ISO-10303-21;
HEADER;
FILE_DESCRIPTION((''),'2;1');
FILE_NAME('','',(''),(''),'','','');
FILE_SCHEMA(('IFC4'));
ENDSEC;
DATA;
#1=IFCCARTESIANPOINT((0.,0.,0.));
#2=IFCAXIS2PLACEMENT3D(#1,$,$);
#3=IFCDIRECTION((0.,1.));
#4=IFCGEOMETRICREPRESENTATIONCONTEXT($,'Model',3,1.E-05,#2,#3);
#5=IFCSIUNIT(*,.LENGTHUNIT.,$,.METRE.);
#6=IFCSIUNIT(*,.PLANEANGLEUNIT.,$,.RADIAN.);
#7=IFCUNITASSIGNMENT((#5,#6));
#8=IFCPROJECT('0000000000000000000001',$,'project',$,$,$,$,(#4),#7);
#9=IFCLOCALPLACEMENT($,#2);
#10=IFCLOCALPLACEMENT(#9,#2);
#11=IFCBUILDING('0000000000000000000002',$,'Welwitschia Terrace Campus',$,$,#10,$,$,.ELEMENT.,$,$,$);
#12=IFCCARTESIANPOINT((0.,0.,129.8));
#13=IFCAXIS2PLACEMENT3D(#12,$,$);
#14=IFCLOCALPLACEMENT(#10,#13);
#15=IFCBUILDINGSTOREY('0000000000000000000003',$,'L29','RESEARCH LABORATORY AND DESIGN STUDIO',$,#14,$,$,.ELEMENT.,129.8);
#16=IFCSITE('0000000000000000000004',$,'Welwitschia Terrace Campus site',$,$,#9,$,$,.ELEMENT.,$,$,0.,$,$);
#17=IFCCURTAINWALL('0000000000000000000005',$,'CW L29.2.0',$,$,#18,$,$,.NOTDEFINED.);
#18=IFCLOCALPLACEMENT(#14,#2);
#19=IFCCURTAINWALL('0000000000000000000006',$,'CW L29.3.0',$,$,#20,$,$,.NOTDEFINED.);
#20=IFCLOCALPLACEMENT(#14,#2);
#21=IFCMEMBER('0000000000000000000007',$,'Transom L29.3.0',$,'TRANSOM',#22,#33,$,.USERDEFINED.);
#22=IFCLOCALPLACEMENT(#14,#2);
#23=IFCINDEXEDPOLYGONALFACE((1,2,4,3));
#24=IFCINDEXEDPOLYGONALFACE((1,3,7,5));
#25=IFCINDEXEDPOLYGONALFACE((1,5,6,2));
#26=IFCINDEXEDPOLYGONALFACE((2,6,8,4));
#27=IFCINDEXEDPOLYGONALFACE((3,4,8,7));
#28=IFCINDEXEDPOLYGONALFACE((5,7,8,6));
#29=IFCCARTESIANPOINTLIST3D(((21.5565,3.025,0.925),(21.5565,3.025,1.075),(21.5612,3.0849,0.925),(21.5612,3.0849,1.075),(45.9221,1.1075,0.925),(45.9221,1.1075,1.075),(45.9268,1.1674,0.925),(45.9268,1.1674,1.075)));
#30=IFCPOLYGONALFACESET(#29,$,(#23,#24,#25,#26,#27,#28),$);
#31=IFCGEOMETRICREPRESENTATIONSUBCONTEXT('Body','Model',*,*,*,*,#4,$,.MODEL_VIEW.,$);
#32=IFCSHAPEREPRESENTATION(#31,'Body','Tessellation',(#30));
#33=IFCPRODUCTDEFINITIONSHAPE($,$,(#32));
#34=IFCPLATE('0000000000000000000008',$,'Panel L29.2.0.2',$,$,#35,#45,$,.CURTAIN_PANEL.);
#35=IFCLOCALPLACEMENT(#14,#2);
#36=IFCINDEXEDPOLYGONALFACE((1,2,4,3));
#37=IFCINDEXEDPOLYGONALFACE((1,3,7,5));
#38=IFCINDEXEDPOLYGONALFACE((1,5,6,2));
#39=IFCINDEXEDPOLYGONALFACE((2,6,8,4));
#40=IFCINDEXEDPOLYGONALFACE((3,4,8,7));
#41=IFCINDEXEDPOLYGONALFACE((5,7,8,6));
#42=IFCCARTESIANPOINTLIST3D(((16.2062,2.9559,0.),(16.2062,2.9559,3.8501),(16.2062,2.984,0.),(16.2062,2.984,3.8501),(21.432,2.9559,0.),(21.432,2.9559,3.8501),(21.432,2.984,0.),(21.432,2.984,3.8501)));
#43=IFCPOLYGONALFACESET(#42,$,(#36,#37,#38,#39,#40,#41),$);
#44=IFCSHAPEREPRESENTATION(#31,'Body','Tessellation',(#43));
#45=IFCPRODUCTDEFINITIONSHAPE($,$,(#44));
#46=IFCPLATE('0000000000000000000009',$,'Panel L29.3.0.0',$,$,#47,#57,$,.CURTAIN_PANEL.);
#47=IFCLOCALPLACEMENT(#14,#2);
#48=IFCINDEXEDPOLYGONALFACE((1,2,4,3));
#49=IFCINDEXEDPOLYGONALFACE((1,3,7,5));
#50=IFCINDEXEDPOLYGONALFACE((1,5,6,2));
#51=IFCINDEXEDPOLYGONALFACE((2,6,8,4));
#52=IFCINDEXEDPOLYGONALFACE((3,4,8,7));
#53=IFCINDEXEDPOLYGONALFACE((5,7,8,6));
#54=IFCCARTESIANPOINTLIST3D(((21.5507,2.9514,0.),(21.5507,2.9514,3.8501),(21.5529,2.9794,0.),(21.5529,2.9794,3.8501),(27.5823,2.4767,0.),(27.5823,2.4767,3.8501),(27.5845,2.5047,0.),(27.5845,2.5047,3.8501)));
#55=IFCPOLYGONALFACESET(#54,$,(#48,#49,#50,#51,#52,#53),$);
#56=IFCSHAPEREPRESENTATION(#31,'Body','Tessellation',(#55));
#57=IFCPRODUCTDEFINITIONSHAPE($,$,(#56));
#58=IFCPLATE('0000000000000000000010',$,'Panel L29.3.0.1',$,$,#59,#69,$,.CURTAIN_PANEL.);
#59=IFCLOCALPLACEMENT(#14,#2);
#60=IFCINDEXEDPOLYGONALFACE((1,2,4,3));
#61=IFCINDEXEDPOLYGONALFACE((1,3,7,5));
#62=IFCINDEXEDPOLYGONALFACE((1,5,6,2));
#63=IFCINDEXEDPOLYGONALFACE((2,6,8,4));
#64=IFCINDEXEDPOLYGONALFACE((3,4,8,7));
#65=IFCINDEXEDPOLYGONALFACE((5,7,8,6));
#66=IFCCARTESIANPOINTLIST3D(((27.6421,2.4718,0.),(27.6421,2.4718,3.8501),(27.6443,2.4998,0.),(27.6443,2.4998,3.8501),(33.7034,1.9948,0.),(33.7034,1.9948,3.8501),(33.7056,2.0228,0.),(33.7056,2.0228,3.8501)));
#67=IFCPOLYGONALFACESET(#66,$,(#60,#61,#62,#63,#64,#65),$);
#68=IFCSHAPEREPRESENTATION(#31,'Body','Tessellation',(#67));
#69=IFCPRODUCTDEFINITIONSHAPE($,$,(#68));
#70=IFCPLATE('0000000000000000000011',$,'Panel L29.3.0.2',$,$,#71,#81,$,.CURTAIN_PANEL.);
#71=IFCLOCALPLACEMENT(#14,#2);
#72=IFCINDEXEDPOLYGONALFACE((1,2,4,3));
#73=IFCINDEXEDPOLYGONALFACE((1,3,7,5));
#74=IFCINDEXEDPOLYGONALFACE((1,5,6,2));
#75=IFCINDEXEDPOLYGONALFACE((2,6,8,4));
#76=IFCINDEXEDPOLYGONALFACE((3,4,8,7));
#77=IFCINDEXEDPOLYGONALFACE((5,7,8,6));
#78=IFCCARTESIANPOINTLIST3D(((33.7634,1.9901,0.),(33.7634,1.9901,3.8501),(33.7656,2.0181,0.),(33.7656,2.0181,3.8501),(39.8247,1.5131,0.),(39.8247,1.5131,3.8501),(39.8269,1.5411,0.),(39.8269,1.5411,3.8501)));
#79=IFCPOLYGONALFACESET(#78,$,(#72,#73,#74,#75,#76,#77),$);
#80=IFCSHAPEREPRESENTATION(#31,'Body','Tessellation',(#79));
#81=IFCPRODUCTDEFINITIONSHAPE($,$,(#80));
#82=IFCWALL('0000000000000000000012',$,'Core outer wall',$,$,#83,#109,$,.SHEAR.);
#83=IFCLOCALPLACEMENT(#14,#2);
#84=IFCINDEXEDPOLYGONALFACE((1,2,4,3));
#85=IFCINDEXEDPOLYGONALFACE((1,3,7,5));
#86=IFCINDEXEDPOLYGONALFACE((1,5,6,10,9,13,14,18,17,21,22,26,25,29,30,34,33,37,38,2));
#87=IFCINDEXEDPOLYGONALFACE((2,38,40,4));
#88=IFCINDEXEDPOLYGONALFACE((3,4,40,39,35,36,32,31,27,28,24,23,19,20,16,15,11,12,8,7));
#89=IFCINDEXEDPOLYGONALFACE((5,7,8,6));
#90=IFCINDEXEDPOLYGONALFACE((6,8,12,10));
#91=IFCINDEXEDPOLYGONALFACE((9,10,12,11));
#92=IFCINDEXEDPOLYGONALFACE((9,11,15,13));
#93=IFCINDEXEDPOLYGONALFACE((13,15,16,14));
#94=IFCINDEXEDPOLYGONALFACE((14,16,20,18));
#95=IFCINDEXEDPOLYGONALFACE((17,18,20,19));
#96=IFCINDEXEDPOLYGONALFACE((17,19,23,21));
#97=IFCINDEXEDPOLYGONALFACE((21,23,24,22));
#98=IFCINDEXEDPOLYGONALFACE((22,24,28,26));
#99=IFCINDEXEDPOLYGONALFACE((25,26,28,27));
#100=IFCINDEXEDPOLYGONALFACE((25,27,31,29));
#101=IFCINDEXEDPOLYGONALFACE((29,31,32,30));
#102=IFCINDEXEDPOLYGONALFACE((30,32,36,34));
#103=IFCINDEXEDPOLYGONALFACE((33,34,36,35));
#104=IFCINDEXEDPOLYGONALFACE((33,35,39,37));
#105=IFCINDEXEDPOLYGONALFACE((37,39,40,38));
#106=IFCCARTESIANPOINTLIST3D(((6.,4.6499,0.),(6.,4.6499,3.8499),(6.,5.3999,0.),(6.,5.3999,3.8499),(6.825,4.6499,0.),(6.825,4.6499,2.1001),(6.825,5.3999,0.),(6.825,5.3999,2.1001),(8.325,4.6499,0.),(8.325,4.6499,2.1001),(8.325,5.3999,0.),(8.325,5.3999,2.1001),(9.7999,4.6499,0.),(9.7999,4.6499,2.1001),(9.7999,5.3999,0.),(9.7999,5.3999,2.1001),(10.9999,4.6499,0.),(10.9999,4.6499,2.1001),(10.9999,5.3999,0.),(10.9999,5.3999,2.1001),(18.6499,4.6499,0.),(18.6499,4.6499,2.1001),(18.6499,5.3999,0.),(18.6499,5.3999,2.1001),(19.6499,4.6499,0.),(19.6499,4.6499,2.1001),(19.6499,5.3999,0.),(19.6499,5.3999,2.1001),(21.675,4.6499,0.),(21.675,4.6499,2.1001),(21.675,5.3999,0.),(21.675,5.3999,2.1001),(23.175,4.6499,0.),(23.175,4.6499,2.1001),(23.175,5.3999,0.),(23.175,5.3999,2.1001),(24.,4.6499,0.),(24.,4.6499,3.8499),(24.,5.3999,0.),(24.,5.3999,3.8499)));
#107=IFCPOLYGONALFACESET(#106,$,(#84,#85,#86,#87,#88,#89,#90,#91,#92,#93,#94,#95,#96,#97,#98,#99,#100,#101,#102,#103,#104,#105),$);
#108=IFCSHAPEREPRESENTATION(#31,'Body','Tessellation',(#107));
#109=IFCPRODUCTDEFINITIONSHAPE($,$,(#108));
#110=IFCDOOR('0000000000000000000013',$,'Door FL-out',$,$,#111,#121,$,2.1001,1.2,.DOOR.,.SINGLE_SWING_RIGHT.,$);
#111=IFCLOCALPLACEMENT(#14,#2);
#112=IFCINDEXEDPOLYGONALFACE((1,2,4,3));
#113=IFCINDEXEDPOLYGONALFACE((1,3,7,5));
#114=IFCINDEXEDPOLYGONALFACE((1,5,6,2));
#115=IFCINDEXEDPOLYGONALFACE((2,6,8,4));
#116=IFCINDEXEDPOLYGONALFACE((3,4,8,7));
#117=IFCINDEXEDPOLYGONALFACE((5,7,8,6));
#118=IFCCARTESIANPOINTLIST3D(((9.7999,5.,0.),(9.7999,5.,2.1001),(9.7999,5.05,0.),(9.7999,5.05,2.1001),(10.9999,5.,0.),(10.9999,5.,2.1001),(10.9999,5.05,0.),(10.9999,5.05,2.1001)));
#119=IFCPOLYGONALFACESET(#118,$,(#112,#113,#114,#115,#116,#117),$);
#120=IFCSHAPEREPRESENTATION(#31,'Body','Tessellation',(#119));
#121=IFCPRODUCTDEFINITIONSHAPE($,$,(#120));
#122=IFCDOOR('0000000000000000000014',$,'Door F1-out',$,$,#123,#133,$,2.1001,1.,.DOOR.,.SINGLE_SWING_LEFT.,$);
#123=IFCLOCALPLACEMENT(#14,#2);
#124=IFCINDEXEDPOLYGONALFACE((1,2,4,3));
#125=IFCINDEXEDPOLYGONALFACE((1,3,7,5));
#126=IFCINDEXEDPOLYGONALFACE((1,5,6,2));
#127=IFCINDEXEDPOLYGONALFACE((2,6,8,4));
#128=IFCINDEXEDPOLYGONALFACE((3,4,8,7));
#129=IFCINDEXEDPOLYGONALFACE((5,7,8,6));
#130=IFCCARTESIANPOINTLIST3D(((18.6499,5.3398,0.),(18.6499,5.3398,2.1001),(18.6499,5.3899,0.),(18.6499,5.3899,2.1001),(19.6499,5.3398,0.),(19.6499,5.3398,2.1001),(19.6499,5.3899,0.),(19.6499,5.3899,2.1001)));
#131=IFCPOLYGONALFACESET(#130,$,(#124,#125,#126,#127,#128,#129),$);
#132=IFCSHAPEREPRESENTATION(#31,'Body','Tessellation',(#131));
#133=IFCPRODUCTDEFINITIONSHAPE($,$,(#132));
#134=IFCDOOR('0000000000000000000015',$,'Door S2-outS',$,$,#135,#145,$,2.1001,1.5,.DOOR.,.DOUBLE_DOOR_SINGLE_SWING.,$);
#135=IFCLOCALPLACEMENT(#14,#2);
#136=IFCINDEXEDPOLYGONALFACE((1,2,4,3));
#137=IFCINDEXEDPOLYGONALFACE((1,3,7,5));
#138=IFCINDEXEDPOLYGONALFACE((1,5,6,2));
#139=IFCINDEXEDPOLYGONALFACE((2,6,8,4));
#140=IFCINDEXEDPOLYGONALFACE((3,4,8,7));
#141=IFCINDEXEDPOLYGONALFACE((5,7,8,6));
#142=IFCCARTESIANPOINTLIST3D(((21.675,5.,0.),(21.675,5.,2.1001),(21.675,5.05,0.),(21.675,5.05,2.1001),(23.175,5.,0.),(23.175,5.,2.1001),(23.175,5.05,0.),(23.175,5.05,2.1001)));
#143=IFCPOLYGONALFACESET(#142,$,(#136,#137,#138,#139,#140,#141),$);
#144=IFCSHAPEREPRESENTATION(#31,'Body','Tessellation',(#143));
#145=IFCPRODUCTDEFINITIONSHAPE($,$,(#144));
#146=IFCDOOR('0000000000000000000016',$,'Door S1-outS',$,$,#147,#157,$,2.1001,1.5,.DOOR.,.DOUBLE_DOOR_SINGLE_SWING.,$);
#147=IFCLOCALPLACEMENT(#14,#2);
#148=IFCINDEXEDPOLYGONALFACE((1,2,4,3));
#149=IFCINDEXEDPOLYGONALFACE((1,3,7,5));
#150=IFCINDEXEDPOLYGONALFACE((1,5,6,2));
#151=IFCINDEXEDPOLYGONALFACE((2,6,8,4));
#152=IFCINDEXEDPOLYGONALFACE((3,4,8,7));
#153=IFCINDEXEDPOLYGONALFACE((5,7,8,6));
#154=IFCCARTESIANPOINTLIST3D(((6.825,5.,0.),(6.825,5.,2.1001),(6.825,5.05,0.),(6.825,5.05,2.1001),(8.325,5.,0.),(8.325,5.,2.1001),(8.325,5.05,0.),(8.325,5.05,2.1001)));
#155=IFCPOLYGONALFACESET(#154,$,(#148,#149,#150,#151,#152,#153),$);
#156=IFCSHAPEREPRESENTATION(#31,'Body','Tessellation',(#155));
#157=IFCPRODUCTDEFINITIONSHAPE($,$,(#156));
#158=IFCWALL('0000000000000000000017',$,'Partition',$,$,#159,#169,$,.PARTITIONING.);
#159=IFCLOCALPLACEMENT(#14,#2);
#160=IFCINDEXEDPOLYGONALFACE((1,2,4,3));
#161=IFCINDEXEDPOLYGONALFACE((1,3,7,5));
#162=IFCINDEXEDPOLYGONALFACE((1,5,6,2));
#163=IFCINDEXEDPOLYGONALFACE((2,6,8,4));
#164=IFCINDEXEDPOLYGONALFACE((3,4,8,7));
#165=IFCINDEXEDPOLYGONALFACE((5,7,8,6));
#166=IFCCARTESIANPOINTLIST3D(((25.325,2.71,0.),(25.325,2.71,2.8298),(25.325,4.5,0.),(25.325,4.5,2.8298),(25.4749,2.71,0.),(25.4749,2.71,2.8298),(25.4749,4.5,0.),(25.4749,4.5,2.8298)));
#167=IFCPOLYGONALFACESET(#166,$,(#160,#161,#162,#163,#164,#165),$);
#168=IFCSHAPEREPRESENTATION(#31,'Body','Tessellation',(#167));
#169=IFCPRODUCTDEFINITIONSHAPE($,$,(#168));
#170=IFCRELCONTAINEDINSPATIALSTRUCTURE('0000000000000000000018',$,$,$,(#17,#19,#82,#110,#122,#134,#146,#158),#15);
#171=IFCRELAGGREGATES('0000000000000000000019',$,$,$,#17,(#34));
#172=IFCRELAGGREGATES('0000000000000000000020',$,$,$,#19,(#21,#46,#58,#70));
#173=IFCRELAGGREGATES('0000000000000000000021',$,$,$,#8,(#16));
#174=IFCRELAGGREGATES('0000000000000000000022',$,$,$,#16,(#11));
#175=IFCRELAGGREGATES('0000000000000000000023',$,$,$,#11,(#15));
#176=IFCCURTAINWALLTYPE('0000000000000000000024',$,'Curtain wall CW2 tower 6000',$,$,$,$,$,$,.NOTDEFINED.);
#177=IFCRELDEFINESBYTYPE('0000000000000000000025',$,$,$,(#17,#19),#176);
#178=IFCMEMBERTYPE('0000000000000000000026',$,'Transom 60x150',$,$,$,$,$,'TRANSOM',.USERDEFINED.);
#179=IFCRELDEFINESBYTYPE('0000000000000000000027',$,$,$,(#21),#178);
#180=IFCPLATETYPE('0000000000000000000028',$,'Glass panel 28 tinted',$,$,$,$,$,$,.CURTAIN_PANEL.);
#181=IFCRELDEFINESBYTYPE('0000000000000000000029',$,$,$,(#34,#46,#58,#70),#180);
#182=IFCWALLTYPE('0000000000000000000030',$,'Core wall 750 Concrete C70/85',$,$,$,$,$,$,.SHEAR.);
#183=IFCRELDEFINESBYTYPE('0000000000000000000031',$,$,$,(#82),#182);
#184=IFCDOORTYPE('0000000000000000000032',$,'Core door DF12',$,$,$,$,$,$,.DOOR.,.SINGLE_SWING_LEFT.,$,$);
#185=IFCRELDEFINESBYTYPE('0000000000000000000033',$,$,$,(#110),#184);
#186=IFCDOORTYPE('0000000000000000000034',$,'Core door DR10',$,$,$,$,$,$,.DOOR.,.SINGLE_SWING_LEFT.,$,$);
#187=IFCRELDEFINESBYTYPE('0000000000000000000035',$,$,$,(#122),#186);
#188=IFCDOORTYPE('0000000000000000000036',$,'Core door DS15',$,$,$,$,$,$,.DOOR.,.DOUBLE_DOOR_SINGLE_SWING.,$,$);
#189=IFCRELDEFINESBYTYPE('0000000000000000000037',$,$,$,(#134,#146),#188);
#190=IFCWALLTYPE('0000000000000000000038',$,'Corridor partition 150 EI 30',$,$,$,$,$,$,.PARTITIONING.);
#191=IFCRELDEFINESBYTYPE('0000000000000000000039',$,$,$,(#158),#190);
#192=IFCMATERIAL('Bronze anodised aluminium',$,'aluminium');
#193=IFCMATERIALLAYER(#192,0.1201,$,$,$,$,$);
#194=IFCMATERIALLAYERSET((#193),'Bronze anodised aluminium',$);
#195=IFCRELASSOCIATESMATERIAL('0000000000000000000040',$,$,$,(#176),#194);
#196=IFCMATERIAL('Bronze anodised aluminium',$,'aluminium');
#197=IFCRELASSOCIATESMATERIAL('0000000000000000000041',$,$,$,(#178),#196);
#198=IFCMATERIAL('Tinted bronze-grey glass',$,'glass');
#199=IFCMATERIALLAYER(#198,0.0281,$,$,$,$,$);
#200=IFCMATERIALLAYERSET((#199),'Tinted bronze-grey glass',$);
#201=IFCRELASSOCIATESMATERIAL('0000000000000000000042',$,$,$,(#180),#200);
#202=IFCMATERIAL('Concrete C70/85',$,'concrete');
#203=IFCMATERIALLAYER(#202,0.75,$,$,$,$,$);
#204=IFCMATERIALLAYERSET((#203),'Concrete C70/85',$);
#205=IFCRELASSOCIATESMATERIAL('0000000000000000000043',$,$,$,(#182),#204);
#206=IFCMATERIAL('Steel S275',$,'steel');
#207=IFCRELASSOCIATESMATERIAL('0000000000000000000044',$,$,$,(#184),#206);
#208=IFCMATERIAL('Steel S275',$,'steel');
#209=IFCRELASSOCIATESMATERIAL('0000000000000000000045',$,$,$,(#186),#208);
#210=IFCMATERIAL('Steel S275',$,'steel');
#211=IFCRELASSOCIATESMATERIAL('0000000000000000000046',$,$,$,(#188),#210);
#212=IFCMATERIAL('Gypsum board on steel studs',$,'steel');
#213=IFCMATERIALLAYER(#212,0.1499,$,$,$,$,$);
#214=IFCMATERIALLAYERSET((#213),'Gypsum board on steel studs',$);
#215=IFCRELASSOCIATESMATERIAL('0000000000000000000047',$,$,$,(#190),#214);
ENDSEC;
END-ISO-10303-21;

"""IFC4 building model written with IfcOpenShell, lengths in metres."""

from ifc_helpers import new_model, si_unit, direction, frame, frame_2d, origin, origin_2d, place, context, subcontext, project, spatial, rectangle, extrude, material, layer, layer_set, material_profile, profile_set, type_object, element, fill, aggregate, save


model = new_model("IFC4")

# Units and contexts
model_context = context("Model", 3, precision=1e-05, world=origin(), true_north=direction((0.0, 1.0)))
body_context = subcontext(model_context, "Body", "Model", "MODEL_VIEW")
ifc_project = project(units=[si_unit("LENGTHUNIT", "METRE"), si_unit("PLANEANGLEUNIT", "RADIAN")], contexts=[model_context])

# Site, building, storey
site_placement = place(None, origin())
site = spatial("IfcSite", under=ifc_project, at=site_placement, Name="Welwitschia Terrace Campus site", CompositionType="ELEMENT", RefElevation=0.0)
building_placement = place(site_placement, origin())
building = spatial("IfcBuilding", under=site, at=building_placement, Name="Welwitschia Terrace Campus", CompositionType="ELEMENT")
storey_placement = place(building_placement, frame((0.0, 0.0, 129.8)))
storey = spatial("IfcBuildingStorey", under=building, at=storey_placement, Name="L29", Description="RESEARCH LABORATORY AND DESIGN STUDIO", CompositionType="ELEMENT", Elevation=129.8)

# Curtain wall
ifc_material_1 = material(Name="Bronze anodised aluminium", Category="aluminium")
ifc_layer_1 = layer(ifc_material_1, 0.1201)
ifc_layer_set_1 = layer_set([ifc_layer_1], Name="Bronze anodised aluminium")
curtain_wall_type = type_object("IfcCurtainWallType", Name="Curtain wall CW2 tower 6000", PredefinedType="NOTDEFINED", material=ifc_layer_set_1)
curtain_wall_1_placement = place(storey_placement, origin())
curtain_wall_1 = element("IfcCurtainWall", 1, at=curtain_wall_1_placement, inside=storey, type_object=curtain_wall_type, Name="CW L29.2.0", PredefinedType="NOTDEFINED")

# Curtain wall
curtain_wall_2_placement = place(storey_placement, origin())
curtain_wall_2 = element("IfcCurtainWall", 2, at=curtain_wall_2_placement, inside=storey, type_object=curtain_wall_type, Name="CW L29.3.0", PredefinedType="NOTDEFINED")

# Member
ifc_material_2 = material(Name="Bronze anodised aluminium", Category="aluminium")
ifc_material_profile_1 = material_profile(ifc_material_2, rectangle(XDim=0.0601, YDim=0.1499, at=origin_2d()))
ifc_profile_set_1 = profile_set([ifc_material_profile_1], Name="Bronze anodised aluminium")
member_type_1 = type_object("IfcMemberType", Name="Transom 60x150", ElementType="TRANSOM", PredefinedType="USERDEFINED", material=ifc_profile_set_1)
member_1_placement = place(storey_placement, frame((21.5588, 3.0549, 1.0), z_axis=(0.996918, -0.078454, 0.0), x_axis=(0.078454, 0.996918, 0.0)))
member_1 = element("IfcMember", 3, at=member_1_placement, type_object=member_type_1, Name="Transom L29.3.0", ObjectType="TRANSOM", PredefinedType="USERDEFINED", context=body_context, shape_type="SweptSolid", body=[
    extrude(rectangle(XDim=0.0601, YDim=0.1499, at=origin_2d()), origin(), (0.0, 0.0, 1.0), 24.4409),
])

# Plates
ifc_material_3 = material(Name="Tinted bronze-grey glass", Category="glass")
ifc_layer_2 = layer(ifc_material_3, 0.0281)
ifc_layer_set_2 = layer_set([ifc_layer_2], Name="Tinted bronze-grey glass")
plate_type = type_object("IfcPlateType", Name="Glass panel 28 tinted", PredefinedType="CURTAIN_PANEL", material=ifc_layer_set_2)
plate_1_placement = place(storey_placement, frame((18.8191, 2.97, 0.0), z_axis=(0.0, 0.0, 1.0), x_axis=(1.0, 0.0, 0.0)))
plate_1 = element("IfcPlate", 4, at=plate_1_placement, type_object=plate_type, Name="Panel L29.2.0.2", PredefinedType="CURTAIN_PANEL", context=body_context, shape_type="SweptSolid", body=[
    extrude(rectangle(XDim=5.2258, YDim=0.0281, at=origin_2d()), origin(), (0.0, 0.0, 1.0), 3.8501),
])
aggregate(curtain_wall_1, [plate_1])
plate_2_placement = place(storey_placement, frame((24.5676, 2.728, 0.0), z_axis=(0.0, 0.0, 1.0), x_axis=(0.996917, -0.078459, 0.0)))
plate_2 = element("IfcPlate", 5, at=plate_2_placement, type_object=plate_type, Name="Panel L29.3.0.0", PredefinedType="CURTAIN_PANEL", context=body_context, shape_type="SweptSolid", body=[
    extrude(rectangle(XDim=6.0503, YDim=0.0281, at=origin_2d()), origin(), (0.0, 0.0, 1.0), 3.8501),
])
plate_3_placement = place(storey_placement, frame((30.6738, 2.2473, 0.0), z_axis=(0.0, 0.0, 1.0), x_axis=(0.996917, -0.078459, 0.0)))
plate_3 = element("IfcPlate", 6, at=plate_3_placement, type_object=plate_type, Name="Panel L29.3.0.1", PredefinedType="CURTAIN_PANEL", context=body_context, shape_type="SweptSolid", body=[
    extrude(rectangle(XDim=6.0801, YDim=0.0281, at=origin_2d()), origin(), (0.0, 0.0, 1.0), 3.8501),
])
plate_4_placement = place(storey_placement, frame((36.7952, 1.7656, 0.0), z_axis=(0.0, 0.0, 1.0), x_axis=(0.996917, -0.078459, 0.0)))
plate_4 = element("IfcPlate", 7, at=plate_4_placement, type_object=plate_type, Name="Panel L29.3.0.2", PredefinedType="CURTAIN_PANEL", context=body_context, shape_type="SweptSolid", body=[
    extrude(rectangle(XDim=6.0801, YDim=0.0281, at=origin_2d()), origin(), (0.0, 0.0, 1.0), 3.8501),
])
aggregate(curtain_wall_2, [member_1, plate_2, plate_3, plate_4])

# Wall, openings, doors
ifc_material_4 = material(Name="Concrete C70/85", Category="concrete")
ifc_layer_3 = layer(ifc_material_4, 0.75)
ifc_layer_set_3 = layer_set([ifc_layer_3], Name="Concrete C70/85")
wall_type_1 = type_object("IfcWallType", Name="Core wall 750 Concrete C70/85", PredefinedType="SHEAR", material=ifc_layer_set_3)
wall_1_placement = place(storey_placement, frame((24.0, 5.0249, 0.0), z_axis=(0.0, 0.0, 1.0), x_axis=(-1.0, 0.0, 0.0)))
wall_1 = element("IfcWall", 8, at=wall_1_placement, inside=storey, type_object=wall_type_1, Name="Core outer wall", PredefinedType="SHEAR", context=body_context, shape_type="SweptSolid", body=[
    extrude(rectangle(XDim=18.0, YDim=0.75, at=frame_2d((9.0, 0.0))), origin(), (0.0, 0.0, 1.0), 3.8499),
])
opening_1_placement = place(wall_1_placement, frame((0.825, 0.0, 0.0)))
opening_1 = element("IfcOpeningElement", 9, at=opening_1_placement, cuts=wall_1, PredefinedType="OPENING", context=body_context, shape_type="SweptSolid", body=[
    extrude(rectangle(XDim=1.5, YDim=2.1001, at=frame_2d((0.75, 1.05))), frame((0.0, 0.385, 0.0), z_axis=(0.0, -1.0, 0.0), x_axis=(1.0, 0.0, 0.0)), (0.0, 0.0, 1.0), 0.77),
])
opening_2_placement = place(wall_1_placement, frame((15.675, 0.0, 0.0)))
opening_2 = element("IfcOpeningElement", 10, at=opening_2_placement, cuts=wall_1, PredefinedType="OPENING", context=body_context, shape_type="SweptSolid", body=[
    extrude(rectangle(XDim=1.5, YDim=2.1001, at=frame_2d((0.75, 1.05))), frame((0.0, 0.385, 0.0), z_axis=(0.0, -1.0, 0.0), x_axis=(1.0, 0.0, 0.0)), (0.0, 0.0, 1.0), 0.77),
])
opening_3_placement = place(wall_1_placement, frame((13.0, 0.0, 0.0)))
opening_3 = element("IfcOpeningElement", 11, at=opening_3_placement, cuts=wall_1, PredefinedType="OPENING", context=body_context, shape_type="SweptSolid", body=[
    extrude(rectangle(XDim=1.2, YDim=2.1001, at=frame_2d((0.6001, 1.05))), frame((0.0, 0.385, 0.0), z_axis=(0.0, -1.0, 0.0), x_axis=(1.0, 0.0, 0.0)), (0.0, 0.0, 1.0), 0.77),
])
opening_4_placement = place(wall_1_placement, frame((4.3501, 0.0, 0.0)))
opening_4 = element("IfcOpeningElement", 12, at=opening_4_placement, cuts=wall_1, PredefinedType="OPENING", context=body_context, shape_type="SweptSolid", body=[
    extrude(rectangle(XDim=1.0, YDim=2.1001, at=frame_2d((0.5, 1.05))), frame((0.0, 0.385, 0.0), z_axis=(0.0, -1.0, 0.0), x_axis=(1.0, 0.0, 0.0)), (0.0, 0.0, 1.0), 0.77),
])
ifc_material_5 = material(Name="Steel S275", Category="steel")
door_type_1 = type_object("IfcDoorType", Name="Core door DF12", OperationType="SINGLE_SWING_LEFT", PredefinedType="DOOR", material=ifc_material_5)
door_1_placement = place(opening_3_placement, origin())
door_1 = element("IfcDoor", 13, at=door_1_placement, inside=storey, type_object=door_type_1, Name="Door FL-out", OperationType="SINGLE_SWING_RIGHT", OverallHeight=2.1001, OverallWidth=1.2, PredefinedType="DOOR", context=body_context, shape_type="SweptSolid", body=[
    extrude(rectangle(XDim=1.2, YDim=2.1001, at=frame_2d((0.6001, 1.05))), frame((0.0, 0.0249, 0.0), z_axis=(0.0, -1.0, 0.0), x_axis=(1.0, 0.0, 0.0)), (0.0, 0.0, 1.0), 0.05),
])
fill(opening_3, door_1)
ifc_material_6 = material(Name="Steel S275", Category="steel")
door_type_2 = type_object("IfcDoorType", Name="Core door DR10", OperationType="SINGLE_SWING_LEFT", PredefinedType="DOOR", material=ifc_material_6)
door_2_placement = place(opening_4_placement, origin())
door_2 = element("IfcDoor", 14, at=door_2_placement, inside=storey, type_object=door_type_2, Name="Door F1-out", OperationType="SINGLE_SWING_LEFT", OverallHeight=2.1001, OverallWidth=1.0, PredefinedType="DOOR", context=body_context, shape_type="SweptSolid", body=[
    extrude(rectangle(XDim=1.0, YDim=2.1001, at=frame_2d((0.5, 1.05))), frame((0.0, -0.3149, 0.0), z_axis=(0.0, -1.0, 0.0), x_axis=(1.0, 0.0, 0.0)), (0.0, 0.0, 1.0), 0.05),
])
fill(opening_4, door_2)
ifc_material_7 = material(Name="Steel S275", Category="steel")
door_type_3 = type_object("IfcDoorType", Name="Core door DS15", OperationType="DOUBLE_DOOR_SINGLE_SWING", PredefinedType="DOOR", material=ifc_material_7)
door_3_placement = place(opening_1_placement, origin())
door_3 = element("IfcDoor", 15, at=door_3_placement, inside=storey, type_object=door_type_3, Name="Door S2-outS", OperationType="DOUBLE_DOOR_SINGLE_SWING", OverallHeight=2.1001, OverallWidth=1.5, PredefinedType="DOOR", context=body_context, shape_type="SweptSolid", body=[
    extrude(rectangle(XDim=1.5, YDim=2.1001, at=frame_2d((0.75, 1.05))), frame((0.0, 0.0249, 0.0), z_axis=(0.0, -1.0, 0.0), x_axis=(1.0, 0.0, 0.0)), (0.0, 0.0, 1.0), 0.05),
])
fill(opening_1, door_3)
door_4_placement = place(opening_2_placement, origin())
door_4 = element("IfcDoor", 16, at=door_4_placement, inside=storey, type_object=door_type_3, Name="Door S1-outS", OperationType="DOUBLE_DOOR_SINGLE_SWING", OverallHeight=2.1001, OverallWidth=1.5, PredefinedType="DOOR", context=body_context, shape_type="SweptSolid", body=[
    extrude(rectangle(XDim=1.5, YDim=2.1001, at=frame_2d((0.75, 1.05))), frame((0.0, 0.0249, 0.0), z_axis=(0.0, -1.0, 0.0), x_axis=(1.0, 0.0, 0.0)), (0.0, 0.0, 1.0), 0.05),
])
fill(opening_2, door_4)

# Wall
ifc_material_8 = material(Name="Gypsum board on steel studs", Category="steel")
ifc_layer_4 = layer(ifc_material_8, 0.1499)
ifc_layer_set_4 = layer_set([ifc_layer_4], Name="Gypsum board on steel studs")
wall_type_2 = type_object("IfcWallType", Name="Corridor partition 150 EI 30", PredefinedType="PARTITIONING", material=ifc_layer_set_4)
wall_2_placement = place(storey_placement, frame((25.3999, 2.71, 0.0), z_axis=(0.0, 0.0, 1.0), x_axis=(0.0, 1.0, 0.0)))
element("IfcWall", 17, at=wall_2_placement, inside=storey, type_object=wall_type_2, Name="Partition", PredefinedType="PARTITIONING", context=body_context, shape_type="SweptSolid", body=[
    extrude(rectangle(XDim=1.79, YDim=0.1499, at=frame_2d((0.895, 0.0))), origin(), (0.0, 0.0, 1.0), 2.8298),
])

save(model, "model.ifc")
